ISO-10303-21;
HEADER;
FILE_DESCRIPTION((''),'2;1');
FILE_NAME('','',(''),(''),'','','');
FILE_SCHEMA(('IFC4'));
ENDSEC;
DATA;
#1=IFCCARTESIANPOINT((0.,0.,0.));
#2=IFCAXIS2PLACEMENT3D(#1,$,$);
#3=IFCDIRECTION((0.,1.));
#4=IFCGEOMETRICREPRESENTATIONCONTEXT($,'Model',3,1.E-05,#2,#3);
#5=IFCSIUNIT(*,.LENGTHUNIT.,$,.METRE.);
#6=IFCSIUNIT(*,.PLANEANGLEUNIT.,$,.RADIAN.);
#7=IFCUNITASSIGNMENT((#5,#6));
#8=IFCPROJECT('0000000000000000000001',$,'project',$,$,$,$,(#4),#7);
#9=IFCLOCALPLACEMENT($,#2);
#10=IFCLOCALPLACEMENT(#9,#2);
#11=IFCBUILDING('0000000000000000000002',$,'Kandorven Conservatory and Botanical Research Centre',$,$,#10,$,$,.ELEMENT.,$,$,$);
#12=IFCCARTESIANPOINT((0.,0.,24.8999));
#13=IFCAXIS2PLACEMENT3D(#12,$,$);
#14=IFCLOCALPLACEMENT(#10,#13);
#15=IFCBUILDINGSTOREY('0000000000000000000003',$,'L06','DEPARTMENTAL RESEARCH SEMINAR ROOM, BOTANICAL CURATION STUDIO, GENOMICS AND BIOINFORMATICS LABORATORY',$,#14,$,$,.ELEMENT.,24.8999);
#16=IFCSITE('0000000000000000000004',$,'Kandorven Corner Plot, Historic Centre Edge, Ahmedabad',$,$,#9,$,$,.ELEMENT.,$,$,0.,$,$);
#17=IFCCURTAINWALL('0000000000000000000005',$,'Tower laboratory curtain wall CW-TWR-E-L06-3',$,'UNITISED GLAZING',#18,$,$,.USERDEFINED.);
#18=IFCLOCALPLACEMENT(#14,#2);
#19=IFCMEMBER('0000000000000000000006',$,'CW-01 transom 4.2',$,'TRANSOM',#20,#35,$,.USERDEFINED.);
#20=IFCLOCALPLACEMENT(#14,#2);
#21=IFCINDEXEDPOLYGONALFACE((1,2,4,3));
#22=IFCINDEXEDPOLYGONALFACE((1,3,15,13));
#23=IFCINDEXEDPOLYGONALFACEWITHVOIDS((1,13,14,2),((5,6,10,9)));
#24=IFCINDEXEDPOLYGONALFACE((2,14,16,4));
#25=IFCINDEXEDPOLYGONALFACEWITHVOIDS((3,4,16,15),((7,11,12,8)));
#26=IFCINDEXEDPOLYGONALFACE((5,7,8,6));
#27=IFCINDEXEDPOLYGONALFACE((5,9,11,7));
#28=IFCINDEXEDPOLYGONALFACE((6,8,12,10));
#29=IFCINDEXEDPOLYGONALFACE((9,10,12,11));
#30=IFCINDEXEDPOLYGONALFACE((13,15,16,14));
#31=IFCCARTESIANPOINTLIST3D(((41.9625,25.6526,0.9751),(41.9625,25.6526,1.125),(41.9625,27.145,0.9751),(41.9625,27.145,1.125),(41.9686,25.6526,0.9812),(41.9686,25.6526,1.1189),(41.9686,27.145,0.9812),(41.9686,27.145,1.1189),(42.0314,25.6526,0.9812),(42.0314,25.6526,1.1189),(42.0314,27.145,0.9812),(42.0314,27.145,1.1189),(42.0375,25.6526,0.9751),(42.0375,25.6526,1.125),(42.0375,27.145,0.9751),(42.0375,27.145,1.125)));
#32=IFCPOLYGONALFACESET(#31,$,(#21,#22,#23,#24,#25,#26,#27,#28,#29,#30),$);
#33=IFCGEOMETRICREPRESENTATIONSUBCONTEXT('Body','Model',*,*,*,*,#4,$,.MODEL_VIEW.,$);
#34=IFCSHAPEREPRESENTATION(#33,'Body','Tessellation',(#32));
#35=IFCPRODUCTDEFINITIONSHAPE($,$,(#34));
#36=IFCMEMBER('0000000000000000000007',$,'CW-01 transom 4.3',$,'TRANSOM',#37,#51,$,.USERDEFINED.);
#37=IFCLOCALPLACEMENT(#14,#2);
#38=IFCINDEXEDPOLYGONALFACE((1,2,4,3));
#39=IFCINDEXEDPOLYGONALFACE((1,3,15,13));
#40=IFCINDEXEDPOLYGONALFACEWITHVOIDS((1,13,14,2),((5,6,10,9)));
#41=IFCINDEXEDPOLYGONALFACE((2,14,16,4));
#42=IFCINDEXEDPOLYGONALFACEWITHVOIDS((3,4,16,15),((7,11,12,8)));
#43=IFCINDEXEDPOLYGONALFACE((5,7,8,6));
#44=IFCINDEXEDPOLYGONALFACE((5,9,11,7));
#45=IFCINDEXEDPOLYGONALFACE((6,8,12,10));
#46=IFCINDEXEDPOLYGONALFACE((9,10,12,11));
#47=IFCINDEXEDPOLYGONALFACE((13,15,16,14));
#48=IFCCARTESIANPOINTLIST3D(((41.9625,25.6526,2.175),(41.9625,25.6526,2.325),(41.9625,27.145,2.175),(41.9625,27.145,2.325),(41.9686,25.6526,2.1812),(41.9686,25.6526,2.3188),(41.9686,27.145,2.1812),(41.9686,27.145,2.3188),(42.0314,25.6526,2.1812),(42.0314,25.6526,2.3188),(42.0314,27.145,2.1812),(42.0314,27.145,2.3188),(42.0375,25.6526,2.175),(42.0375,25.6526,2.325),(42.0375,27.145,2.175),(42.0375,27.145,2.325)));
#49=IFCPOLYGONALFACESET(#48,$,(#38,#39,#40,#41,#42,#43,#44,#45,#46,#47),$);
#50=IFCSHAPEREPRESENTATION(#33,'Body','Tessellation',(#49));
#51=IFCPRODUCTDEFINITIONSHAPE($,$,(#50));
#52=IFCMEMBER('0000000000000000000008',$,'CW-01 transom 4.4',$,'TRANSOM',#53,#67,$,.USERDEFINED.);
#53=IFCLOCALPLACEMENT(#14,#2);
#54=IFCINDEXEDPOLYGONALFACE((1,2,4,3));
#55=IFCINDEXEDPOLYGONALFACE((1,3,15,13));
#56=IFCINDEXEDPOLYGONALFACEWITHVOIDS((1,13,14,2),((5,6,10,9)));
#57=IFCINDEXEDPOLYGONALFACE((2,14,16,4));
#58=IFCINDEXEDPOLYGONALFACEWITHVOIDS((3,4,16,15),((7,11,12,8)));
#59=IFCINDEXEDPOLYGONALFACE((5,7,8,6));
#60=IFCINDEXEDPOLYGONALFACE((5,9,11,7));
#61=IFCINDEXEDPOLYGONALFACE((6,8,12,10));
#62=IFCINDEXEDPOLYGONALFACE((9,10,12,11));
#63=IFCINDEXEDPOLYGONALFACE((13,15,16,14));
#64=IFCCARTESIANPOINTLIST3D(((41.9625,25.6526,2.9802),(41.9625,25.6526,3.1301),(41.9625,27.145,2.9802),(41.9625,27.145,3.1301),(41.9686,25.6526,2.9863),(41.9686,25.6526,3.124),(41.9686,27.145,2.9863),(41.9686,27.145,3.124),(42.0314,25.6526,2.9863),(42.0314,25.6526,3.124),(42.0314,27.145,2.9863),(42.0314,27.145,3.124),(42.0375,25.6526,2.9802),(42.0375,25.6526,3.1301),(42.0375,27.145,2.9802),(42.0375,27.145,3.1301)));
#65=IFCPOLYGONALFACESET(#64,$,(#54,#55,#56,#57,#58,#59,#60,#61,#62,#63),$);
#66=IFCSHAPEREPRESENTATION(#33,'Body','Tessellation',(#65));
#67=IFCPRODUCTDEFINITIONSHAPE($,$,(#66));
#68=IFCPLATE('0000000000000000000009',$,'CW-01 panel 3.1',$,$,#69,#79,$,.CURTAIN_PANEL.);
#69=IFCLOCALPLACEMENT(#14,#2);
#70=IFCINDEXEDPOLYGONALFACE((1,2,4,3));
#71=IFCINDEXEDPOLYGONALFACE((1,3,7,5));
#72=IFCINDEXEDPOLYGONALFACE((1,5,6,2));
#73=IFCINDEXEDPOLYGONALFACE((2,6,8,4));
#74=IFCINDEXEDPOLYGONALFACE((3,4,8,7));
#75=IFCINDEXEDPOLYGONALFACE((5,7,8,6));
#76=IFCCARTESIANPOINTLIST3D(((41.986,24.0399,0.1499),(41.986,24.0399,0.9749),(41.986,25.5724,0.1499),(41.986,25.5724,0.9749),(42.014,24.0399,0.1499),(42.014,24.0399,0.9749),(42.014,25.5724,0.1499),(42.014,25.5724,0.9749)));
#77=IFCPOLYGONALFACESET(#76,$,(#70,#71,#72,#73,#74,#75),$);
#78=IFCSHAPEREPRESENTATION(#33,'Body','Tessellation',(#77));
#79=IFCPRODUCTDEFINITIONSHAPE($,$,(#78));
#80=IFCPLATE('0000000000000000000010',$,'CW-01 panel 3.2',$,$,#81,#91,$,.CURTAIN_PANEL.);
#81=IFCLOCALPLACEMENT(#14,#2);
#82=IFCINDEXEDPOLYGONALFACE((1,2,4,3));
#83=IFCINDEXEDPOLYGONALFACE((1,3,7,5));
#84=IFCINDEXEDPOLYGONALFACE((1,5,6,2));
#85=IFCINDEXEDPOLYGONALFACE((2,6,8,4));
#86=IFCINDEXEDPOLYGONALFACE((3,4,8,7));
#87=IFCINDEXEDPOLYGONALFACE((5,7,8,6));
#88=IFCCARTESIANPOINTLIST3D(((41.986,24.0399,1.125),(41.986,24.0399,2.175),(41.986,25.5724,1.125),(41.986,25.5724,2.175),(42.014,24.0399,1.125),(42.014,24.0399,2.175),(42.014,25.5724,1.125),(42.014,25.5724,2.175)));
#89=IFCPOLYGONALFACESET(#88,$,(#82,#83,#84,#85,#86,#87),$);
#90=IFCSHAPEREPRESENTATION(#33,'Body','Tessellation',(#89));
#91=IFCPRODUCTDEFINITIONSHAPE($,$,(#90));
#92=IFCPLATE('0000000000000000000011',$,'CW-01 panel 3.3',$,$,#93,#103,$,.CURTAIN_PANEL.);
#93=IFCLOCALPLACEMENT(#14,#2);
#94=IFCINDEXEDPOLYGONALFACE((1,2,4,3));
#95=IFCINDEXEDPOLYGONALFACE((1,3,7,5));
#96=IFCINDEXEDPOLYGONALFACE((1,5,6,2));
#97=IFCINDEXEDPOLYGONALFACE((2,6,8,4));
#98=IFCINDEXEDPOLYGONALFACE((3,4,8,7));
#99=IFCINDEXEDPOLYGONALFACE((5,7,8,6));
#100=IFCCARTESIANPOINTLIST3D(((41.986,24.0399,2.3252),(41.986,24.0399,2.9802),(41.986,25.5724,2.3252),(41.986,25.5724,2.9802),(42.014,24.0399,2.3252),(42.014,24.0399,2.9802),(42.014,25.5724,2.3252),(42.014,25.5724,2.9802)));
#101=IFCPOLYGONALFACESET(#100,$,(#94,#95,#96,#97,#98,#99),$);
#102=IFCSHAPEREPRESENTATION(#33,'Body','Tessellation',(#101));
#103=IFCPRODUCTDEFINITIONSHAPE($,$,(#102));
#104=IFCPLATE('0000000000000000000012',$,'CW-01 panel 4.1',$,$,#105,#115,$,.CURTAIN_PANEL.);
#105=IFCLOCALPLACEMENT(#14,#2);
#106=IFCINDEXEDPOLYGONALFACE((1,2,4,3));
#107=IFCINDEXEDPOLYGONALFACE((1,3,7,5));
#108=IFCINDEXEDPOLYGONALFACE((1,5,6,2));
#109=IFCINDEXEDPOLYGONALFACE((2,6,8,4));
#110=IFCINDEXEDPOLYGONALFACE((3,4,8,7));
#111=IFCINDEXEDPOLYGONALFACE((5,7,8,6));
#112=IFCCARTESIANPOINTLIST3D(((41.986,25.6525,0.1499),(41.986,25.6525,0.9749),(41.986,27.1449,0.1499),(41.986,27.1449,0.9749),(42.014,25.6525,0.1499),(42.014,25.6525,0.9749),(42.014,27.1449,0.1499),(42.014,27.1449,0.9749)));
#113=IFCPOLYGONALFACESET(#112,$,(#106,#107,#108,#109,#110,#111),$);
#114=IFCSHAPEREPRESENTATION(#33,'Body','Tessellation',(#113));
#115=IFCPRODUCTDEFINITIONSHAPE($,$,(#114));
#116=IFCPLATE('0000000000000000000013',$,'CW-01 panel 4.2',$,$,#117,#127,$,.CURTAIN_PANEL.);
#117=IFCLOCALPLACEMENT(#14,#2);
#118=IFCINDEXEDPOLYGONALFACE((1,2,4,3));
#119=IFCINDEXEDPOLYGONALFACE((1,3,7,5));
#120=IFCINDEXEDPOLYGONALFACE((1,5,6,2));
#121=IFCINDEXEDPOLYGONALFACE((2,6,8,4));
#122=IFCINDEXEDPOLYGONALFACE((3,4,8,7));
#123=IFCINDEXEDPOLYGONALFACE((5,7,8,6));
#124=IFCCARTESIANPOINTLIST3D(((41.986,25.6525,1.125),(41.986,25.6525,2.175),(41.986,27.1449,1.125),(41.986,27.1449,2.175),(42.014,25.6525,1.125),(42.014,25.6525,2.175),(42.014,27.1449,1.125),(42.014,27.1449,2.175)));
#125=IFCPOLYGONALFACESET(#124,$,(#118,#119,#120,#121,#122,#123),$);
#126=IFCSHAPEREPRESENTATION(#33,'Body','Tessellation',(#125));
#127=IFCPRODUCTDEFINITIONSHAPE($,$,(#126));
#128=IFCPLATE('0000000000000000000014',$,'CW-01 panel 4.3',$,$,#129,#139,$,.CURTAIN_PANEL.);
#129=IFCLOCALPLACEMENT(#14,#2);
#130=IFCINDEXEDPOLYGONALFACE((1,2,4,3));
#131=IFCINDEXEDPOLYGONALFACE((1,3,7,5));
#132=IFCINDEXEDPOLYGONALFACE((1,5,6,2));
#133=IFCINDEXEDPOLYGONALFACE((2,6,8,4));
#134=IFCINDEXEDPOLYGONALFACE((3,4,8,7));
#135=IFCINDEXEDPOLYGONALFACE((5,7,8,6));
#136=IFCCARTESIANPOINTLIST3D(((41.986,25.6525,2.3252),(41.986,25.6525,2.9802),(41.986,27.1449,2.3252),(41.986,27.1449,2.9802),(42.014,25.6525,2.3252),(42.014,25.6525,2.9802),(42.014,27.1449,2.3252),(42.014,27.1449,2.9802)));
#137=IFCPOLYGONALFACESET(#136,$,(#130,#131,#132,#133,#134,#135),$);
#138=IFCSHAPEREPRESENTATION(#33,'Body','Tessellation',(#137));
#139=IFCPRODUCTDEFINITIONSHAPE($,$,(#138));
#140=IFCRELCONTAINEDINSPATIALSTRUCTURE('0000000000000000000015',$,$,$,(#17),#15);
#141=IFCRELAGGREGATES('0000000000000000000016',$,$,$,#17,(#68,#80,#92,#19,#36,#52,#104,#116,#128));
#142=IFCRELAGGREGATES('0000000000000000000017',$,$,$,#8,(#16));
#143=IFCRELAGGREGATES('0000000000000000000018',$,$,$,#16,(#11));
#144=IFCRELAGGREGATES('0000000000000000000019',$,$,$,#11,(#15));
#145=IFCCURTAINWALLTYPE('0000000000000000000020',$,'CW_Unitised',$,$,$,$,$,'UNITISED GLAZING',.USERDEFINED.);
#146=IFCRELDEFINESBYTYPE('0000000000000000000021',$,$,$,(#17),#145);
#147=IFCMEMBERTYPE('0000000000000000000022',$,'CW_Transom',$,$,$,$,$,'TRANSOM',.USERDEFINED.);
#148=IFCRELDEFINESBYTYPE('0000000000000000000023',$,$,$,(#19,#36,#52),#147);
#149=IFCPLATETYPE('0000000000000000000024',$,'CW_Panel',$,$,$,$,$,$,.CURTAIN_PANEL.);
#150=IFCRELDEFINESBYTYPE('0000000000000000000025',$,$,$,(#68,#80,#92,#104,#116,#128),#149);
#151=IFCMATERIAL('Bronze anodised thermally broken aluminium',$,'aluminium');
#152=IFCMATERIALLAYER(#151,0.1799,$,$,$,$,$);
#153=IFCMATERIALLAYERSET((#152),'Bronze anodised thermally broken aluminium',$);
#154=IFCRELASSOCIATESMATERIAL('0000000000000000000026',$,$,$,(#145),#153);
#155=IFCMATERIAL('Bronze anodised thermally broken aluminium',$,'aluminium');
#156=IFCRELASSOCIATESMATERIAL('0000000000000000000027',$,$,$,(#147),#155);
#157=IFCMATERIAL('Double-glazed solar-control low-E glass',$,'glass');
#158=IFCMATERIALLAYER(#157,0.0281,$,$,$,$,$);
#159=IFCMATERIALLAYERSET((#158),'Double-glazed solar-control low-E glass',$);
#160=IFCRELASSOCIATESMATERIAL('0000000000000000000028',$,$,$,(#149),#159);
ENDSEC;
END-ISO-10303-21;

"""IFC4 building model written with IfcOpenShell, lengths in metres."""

from ifc_helpers import new_model, si_unit, direction, frame, origin, origin_2d, place, context, subcontext, project, spatial, rectangle, hollow_rectangle, extrude, material, layer, layer_set, material_profile, profile_set, type_object, element, aggregate, save


model = new_model("IFC4")

# Units and contexts
model_context = context("Model", 3, precision=1e-05, world=origin(), true_north=direction((0.0, 1.0)))
body_context = subcontext(model_context, "Body", "Model", "MODEL_VIEW")
ifc_project = project(units=[si_unit("LENGTHUNIT", "METRE"), si_unit("PLANEANGLEUNIT", "RADIAN")], contexts=[model_context])

# Site, building, storey
site_placement = place(None, origin())
site = spatial("IfcSite", under=ifc_project, at=site_placement, Name="Kandorven Corner Plot, Historic Centre Edge, Ahmedabad", CompositionType="ELEMENT", RefElevation=0.0)
building_placement = place(site_placement, origin())
building = spatial("IfcBuilding", under=site, at=building_placement, Name="Kandorven Conservatory and Botanical Research Centre", CompositionType="ELEMENT")
storey_placement = place(building_placement, frame((0.0, 0.0, 24.8999)))
storey = spatial("IfcBuildingStorey", under=building, at=storey_placement, Name="L06", Description="DEPARTMENTAL RESEARCH SEMINAR ROOM, BOTANICAL CURATION STUDIO, GENOMICS AND BIOINFORMATICS LABORATORY", CompositionType="ELEMENT", Elevation=24.8999)

# Curtain wall, members, plates
ifc_material_1 = material(Name="Bronze anodised thermally broken aluminium", Category="aluminium")
ifc_layer_1 = layer(ifc_material_1, 0.1799)
ifc_layer_set_1 = layer_set([ifc_layer_1], Name="Bronze anodised thermally broken aluminium")
curtain_wall_type = type_object("IfcCurtainWallType", Name="CW_Unitised", ElementType="UNITISED GLAZING", PredefinedType="USERDEFINED", material=ifc_layer_set_1)
curtain_wall_placement = place(storey_placement, origin())
curtain_wall = element("IfcCurtainWall", 1, at=curtain_wall_placement, inside=storey, type_object=curtain_wall_type, Name="Tower laboratory curtain wall CW-TWR-E-L06-3", ObjectType="UNITISED GLAZING", PredefinedType="USERDEFINED")
ifc_material_2 = material(Name="Bronze anodised thermally broken aluminium", Category="aluminium")
ifc_material_profile_1 = material_profile(ifc_material_2, hollow_rectangle(XDim=0.075, YDim=0.1499, WallThickness=0.0061, at=origin_2d()))
ifc_profile_set_1 = profile_set([ifc_material_profile_1], Name="Bronze anodised thermally broken aluminium")
member_type_1 = type_object("IfcMemberType", Name="CW_Transom", ElementType="TRANSOM", PredefinedType="USERDEFINED", material=ifc_profile_set_1)
member_1_placement = place(storey_placement, frame((42.0, 25.6526, 1.05), z_axis=(0.0, 1.0, 0.0), x_axis=(-1.0, 0.0, 0.0)))
member_1 = element("IfcMember", 2, at=member_1_placement, type_object=member_type_1, Name="CW-01 transom 4.2", ObjectType="TRANSOM", PredefinedType="USERDEFINED", context=body_context, shape_type="SweptSolid", body=[
    extrude(hollow_rectangle(XDim=0.075, YDim=0.1499, WallThickness=0.0061, at=origin_2d()), origin(), (0.0, 0.0, 1.0), 1.4924),
])
member_2_placement = place(storey_placement, frame((42.0, 25.6526, 2.25), z_axis=(0.0, 1.0, 0.0), x_axis=(-1.0, 0.0, 0.0)))
member_2 = element("IfcMember", 3, at=member_2_placement, type_object=member_type_1, Name="CW-01 transom 4.3", ObjectType="TRANSOM", PredefinedType="USERDEFINED", context=body_context, shape_type="SweptSolid", body=[
    extrude(hollow_rectangle(XDim=0.075, YDim=0.1499, WallThickness=0.0061, at=origin_2d()), origin(), (0.0, 0.0, 1.0), 1.4924),
])
member_3_placement = place(storey_placement, frame((42.0, 25.6526, 3.0552), z_axis=(0.0, 1.0, 0.0), x_axis=(-1.0, 0.0, 0.0)))
member_3 = element("IfcMember", 4, at=member_3_placement, type_object=member_type_1, Name="CW-01 transom 4.4", ObjectType="TRANSOM", PredefinedType="USERDEFINED", context=body_context, shape_type="SweptSolid", body=[
    extrude(hollow_rectangle(XDim=0.075, YDim=0.1499, WallThickness=0.0061, at=origin_2d()), origin(), (0.0, 0.0, 1.0), 1.4924),
])
ifc_material_3 = material(Name="Double-glazed solar-control low-E glass", Category="glass")
ifc_layer_2 = layer(ifc_material_3, 0.0281)
ifc_layer_set_2 = layer_set([ifc_layer_2], Name="Double-glazed solar-control low-E glass")
plate_type = type_object("IfcPlateType", Name="CW_Panel", PredefinedType="CURTAIN_PANEL", material=ifc_layer_set_2)
plate_1_placement = place(storey_placement, frame((42.0, 24.8062, 0.1499), z_axis=(0.0, 0.0, 1.0), x_axis=(0.0, 1.0, 0.0)))
plate_1 = element("IfcPlate", 5, at=plate_1_placement, type_object=plate_type, Name="CW-01 panel 3.1", PredefinedType="CURTAIN_PANEL", context=body_context, shape_type="SweptSolid", body=[
    extrude(rectangle(XDim=1.5325, YDim=0.0281, at=origin_2d()), origin(), (0.0, 0.0, 1.0), 0.825),
])
plate_2_placement = place(storey_placement, frame((42.0, 24.8062, 1.125), z_axis=(0.0, 0.0, 1.0), x_axis=(0.0, 1.0, 0.0)))
plate_2 = element("IfcPlate", 6, at=plate_2_placement, type_object=plate_type, Name="CW-01 panel 3.2", PredefinedType="CURTAIN_PANEL", context=body_context, shape_type="SweptSolid", body=[
    extrude(rectangle(XDim=1.5325, YDim=0.0281, at=origin_2d()), origin(), (0.0, 0.0, 1.0), 1.05),
])
plate_3_placement = place(storey_placement, frame((42.0, 24.8062, 2.3252), z_axis=(0.0, 0.0, 1.0), x_axis=(0.0, 1.0, 0.0)))
plate_3 = element("IfcPlate", 7, at=plate_3_placement, type_object=plate_type, Name="CW-01 panel 3.3", PredefinedType="CURTAIN_PANEL", context=body_context, shape_type="SweptSolid", body=[
    extrude(rectangle(XDim=1.5325, YDim=0.0281, at=origin_2d()), origin(), (0.0, 0.0, 1.0), 0.655),
])
plate_4_placement = place(storey_placement, frame((42.0, 26.3987, 0.1499), z_axis=(0.0, 0.0, 1.0), x_axis=(0.0, 1.0, 0.0)))
plate_4 = element("IfcPlate", 8, at=plate_4_placement, type_object=plate_type, Name="CW-01 panel 4.1", PredefinedType="CURTAIN_PANEL", context=body_context, shape_type="SweptSolid", body=[
    extrude(rectangle(XDim=1.4924, YDim=0.0281, at=origin_2d()), origin(), (0.0, 0.0, 1.0), 0.825),
])
plate_5_placement = place(storey_placement, frame((42.0, 26.3987, 1.125), z_axis=(0.0, 0.0, 1.0), x_axis=(0.0, 1.0, 0.0)))
plate_5 = element("IfcPlate", 9, at=plate_5_placement, type_object=plate_type, Name="CW-01 panel 4.2", PredefinedType="CURTAIN_PANEL", context=body_context, shape_type="SweptSolid", body=[
    extrude(rectangle(XDim=1.4924, YDim=0.0281, at=origin_2d()), origin(), (0.0, 0.0, 1.0), 1.05),
])
plate_6_placement = place(storey_placement, frame((42.0, 26.3987, 2.3252), z_axis=(0.0, 0.0, 1.0), x_axis=(0.0, 1.0, 0.0)))
plate_6 = element("IfcPlate", 10, at=plate_6_placement, type_object=plate_type, Name="CW-01 panel 4.3", PredefinedType="CURTAIN_PANEL", context=body_context, shape_type="SweptSolid", body=[
    extrude(rectangle(XDim=1.4924, YDim=0.0281, at=origin_2d()), origin(), (0.0, 0.0, 1.0), 0.655),
])
aggregate(curtain_wall, [plate_1, plate_2, plate_3, member_1, member_2, member_3, plate_4, plate_5, plate_6])

save(model, "model.ifc")
